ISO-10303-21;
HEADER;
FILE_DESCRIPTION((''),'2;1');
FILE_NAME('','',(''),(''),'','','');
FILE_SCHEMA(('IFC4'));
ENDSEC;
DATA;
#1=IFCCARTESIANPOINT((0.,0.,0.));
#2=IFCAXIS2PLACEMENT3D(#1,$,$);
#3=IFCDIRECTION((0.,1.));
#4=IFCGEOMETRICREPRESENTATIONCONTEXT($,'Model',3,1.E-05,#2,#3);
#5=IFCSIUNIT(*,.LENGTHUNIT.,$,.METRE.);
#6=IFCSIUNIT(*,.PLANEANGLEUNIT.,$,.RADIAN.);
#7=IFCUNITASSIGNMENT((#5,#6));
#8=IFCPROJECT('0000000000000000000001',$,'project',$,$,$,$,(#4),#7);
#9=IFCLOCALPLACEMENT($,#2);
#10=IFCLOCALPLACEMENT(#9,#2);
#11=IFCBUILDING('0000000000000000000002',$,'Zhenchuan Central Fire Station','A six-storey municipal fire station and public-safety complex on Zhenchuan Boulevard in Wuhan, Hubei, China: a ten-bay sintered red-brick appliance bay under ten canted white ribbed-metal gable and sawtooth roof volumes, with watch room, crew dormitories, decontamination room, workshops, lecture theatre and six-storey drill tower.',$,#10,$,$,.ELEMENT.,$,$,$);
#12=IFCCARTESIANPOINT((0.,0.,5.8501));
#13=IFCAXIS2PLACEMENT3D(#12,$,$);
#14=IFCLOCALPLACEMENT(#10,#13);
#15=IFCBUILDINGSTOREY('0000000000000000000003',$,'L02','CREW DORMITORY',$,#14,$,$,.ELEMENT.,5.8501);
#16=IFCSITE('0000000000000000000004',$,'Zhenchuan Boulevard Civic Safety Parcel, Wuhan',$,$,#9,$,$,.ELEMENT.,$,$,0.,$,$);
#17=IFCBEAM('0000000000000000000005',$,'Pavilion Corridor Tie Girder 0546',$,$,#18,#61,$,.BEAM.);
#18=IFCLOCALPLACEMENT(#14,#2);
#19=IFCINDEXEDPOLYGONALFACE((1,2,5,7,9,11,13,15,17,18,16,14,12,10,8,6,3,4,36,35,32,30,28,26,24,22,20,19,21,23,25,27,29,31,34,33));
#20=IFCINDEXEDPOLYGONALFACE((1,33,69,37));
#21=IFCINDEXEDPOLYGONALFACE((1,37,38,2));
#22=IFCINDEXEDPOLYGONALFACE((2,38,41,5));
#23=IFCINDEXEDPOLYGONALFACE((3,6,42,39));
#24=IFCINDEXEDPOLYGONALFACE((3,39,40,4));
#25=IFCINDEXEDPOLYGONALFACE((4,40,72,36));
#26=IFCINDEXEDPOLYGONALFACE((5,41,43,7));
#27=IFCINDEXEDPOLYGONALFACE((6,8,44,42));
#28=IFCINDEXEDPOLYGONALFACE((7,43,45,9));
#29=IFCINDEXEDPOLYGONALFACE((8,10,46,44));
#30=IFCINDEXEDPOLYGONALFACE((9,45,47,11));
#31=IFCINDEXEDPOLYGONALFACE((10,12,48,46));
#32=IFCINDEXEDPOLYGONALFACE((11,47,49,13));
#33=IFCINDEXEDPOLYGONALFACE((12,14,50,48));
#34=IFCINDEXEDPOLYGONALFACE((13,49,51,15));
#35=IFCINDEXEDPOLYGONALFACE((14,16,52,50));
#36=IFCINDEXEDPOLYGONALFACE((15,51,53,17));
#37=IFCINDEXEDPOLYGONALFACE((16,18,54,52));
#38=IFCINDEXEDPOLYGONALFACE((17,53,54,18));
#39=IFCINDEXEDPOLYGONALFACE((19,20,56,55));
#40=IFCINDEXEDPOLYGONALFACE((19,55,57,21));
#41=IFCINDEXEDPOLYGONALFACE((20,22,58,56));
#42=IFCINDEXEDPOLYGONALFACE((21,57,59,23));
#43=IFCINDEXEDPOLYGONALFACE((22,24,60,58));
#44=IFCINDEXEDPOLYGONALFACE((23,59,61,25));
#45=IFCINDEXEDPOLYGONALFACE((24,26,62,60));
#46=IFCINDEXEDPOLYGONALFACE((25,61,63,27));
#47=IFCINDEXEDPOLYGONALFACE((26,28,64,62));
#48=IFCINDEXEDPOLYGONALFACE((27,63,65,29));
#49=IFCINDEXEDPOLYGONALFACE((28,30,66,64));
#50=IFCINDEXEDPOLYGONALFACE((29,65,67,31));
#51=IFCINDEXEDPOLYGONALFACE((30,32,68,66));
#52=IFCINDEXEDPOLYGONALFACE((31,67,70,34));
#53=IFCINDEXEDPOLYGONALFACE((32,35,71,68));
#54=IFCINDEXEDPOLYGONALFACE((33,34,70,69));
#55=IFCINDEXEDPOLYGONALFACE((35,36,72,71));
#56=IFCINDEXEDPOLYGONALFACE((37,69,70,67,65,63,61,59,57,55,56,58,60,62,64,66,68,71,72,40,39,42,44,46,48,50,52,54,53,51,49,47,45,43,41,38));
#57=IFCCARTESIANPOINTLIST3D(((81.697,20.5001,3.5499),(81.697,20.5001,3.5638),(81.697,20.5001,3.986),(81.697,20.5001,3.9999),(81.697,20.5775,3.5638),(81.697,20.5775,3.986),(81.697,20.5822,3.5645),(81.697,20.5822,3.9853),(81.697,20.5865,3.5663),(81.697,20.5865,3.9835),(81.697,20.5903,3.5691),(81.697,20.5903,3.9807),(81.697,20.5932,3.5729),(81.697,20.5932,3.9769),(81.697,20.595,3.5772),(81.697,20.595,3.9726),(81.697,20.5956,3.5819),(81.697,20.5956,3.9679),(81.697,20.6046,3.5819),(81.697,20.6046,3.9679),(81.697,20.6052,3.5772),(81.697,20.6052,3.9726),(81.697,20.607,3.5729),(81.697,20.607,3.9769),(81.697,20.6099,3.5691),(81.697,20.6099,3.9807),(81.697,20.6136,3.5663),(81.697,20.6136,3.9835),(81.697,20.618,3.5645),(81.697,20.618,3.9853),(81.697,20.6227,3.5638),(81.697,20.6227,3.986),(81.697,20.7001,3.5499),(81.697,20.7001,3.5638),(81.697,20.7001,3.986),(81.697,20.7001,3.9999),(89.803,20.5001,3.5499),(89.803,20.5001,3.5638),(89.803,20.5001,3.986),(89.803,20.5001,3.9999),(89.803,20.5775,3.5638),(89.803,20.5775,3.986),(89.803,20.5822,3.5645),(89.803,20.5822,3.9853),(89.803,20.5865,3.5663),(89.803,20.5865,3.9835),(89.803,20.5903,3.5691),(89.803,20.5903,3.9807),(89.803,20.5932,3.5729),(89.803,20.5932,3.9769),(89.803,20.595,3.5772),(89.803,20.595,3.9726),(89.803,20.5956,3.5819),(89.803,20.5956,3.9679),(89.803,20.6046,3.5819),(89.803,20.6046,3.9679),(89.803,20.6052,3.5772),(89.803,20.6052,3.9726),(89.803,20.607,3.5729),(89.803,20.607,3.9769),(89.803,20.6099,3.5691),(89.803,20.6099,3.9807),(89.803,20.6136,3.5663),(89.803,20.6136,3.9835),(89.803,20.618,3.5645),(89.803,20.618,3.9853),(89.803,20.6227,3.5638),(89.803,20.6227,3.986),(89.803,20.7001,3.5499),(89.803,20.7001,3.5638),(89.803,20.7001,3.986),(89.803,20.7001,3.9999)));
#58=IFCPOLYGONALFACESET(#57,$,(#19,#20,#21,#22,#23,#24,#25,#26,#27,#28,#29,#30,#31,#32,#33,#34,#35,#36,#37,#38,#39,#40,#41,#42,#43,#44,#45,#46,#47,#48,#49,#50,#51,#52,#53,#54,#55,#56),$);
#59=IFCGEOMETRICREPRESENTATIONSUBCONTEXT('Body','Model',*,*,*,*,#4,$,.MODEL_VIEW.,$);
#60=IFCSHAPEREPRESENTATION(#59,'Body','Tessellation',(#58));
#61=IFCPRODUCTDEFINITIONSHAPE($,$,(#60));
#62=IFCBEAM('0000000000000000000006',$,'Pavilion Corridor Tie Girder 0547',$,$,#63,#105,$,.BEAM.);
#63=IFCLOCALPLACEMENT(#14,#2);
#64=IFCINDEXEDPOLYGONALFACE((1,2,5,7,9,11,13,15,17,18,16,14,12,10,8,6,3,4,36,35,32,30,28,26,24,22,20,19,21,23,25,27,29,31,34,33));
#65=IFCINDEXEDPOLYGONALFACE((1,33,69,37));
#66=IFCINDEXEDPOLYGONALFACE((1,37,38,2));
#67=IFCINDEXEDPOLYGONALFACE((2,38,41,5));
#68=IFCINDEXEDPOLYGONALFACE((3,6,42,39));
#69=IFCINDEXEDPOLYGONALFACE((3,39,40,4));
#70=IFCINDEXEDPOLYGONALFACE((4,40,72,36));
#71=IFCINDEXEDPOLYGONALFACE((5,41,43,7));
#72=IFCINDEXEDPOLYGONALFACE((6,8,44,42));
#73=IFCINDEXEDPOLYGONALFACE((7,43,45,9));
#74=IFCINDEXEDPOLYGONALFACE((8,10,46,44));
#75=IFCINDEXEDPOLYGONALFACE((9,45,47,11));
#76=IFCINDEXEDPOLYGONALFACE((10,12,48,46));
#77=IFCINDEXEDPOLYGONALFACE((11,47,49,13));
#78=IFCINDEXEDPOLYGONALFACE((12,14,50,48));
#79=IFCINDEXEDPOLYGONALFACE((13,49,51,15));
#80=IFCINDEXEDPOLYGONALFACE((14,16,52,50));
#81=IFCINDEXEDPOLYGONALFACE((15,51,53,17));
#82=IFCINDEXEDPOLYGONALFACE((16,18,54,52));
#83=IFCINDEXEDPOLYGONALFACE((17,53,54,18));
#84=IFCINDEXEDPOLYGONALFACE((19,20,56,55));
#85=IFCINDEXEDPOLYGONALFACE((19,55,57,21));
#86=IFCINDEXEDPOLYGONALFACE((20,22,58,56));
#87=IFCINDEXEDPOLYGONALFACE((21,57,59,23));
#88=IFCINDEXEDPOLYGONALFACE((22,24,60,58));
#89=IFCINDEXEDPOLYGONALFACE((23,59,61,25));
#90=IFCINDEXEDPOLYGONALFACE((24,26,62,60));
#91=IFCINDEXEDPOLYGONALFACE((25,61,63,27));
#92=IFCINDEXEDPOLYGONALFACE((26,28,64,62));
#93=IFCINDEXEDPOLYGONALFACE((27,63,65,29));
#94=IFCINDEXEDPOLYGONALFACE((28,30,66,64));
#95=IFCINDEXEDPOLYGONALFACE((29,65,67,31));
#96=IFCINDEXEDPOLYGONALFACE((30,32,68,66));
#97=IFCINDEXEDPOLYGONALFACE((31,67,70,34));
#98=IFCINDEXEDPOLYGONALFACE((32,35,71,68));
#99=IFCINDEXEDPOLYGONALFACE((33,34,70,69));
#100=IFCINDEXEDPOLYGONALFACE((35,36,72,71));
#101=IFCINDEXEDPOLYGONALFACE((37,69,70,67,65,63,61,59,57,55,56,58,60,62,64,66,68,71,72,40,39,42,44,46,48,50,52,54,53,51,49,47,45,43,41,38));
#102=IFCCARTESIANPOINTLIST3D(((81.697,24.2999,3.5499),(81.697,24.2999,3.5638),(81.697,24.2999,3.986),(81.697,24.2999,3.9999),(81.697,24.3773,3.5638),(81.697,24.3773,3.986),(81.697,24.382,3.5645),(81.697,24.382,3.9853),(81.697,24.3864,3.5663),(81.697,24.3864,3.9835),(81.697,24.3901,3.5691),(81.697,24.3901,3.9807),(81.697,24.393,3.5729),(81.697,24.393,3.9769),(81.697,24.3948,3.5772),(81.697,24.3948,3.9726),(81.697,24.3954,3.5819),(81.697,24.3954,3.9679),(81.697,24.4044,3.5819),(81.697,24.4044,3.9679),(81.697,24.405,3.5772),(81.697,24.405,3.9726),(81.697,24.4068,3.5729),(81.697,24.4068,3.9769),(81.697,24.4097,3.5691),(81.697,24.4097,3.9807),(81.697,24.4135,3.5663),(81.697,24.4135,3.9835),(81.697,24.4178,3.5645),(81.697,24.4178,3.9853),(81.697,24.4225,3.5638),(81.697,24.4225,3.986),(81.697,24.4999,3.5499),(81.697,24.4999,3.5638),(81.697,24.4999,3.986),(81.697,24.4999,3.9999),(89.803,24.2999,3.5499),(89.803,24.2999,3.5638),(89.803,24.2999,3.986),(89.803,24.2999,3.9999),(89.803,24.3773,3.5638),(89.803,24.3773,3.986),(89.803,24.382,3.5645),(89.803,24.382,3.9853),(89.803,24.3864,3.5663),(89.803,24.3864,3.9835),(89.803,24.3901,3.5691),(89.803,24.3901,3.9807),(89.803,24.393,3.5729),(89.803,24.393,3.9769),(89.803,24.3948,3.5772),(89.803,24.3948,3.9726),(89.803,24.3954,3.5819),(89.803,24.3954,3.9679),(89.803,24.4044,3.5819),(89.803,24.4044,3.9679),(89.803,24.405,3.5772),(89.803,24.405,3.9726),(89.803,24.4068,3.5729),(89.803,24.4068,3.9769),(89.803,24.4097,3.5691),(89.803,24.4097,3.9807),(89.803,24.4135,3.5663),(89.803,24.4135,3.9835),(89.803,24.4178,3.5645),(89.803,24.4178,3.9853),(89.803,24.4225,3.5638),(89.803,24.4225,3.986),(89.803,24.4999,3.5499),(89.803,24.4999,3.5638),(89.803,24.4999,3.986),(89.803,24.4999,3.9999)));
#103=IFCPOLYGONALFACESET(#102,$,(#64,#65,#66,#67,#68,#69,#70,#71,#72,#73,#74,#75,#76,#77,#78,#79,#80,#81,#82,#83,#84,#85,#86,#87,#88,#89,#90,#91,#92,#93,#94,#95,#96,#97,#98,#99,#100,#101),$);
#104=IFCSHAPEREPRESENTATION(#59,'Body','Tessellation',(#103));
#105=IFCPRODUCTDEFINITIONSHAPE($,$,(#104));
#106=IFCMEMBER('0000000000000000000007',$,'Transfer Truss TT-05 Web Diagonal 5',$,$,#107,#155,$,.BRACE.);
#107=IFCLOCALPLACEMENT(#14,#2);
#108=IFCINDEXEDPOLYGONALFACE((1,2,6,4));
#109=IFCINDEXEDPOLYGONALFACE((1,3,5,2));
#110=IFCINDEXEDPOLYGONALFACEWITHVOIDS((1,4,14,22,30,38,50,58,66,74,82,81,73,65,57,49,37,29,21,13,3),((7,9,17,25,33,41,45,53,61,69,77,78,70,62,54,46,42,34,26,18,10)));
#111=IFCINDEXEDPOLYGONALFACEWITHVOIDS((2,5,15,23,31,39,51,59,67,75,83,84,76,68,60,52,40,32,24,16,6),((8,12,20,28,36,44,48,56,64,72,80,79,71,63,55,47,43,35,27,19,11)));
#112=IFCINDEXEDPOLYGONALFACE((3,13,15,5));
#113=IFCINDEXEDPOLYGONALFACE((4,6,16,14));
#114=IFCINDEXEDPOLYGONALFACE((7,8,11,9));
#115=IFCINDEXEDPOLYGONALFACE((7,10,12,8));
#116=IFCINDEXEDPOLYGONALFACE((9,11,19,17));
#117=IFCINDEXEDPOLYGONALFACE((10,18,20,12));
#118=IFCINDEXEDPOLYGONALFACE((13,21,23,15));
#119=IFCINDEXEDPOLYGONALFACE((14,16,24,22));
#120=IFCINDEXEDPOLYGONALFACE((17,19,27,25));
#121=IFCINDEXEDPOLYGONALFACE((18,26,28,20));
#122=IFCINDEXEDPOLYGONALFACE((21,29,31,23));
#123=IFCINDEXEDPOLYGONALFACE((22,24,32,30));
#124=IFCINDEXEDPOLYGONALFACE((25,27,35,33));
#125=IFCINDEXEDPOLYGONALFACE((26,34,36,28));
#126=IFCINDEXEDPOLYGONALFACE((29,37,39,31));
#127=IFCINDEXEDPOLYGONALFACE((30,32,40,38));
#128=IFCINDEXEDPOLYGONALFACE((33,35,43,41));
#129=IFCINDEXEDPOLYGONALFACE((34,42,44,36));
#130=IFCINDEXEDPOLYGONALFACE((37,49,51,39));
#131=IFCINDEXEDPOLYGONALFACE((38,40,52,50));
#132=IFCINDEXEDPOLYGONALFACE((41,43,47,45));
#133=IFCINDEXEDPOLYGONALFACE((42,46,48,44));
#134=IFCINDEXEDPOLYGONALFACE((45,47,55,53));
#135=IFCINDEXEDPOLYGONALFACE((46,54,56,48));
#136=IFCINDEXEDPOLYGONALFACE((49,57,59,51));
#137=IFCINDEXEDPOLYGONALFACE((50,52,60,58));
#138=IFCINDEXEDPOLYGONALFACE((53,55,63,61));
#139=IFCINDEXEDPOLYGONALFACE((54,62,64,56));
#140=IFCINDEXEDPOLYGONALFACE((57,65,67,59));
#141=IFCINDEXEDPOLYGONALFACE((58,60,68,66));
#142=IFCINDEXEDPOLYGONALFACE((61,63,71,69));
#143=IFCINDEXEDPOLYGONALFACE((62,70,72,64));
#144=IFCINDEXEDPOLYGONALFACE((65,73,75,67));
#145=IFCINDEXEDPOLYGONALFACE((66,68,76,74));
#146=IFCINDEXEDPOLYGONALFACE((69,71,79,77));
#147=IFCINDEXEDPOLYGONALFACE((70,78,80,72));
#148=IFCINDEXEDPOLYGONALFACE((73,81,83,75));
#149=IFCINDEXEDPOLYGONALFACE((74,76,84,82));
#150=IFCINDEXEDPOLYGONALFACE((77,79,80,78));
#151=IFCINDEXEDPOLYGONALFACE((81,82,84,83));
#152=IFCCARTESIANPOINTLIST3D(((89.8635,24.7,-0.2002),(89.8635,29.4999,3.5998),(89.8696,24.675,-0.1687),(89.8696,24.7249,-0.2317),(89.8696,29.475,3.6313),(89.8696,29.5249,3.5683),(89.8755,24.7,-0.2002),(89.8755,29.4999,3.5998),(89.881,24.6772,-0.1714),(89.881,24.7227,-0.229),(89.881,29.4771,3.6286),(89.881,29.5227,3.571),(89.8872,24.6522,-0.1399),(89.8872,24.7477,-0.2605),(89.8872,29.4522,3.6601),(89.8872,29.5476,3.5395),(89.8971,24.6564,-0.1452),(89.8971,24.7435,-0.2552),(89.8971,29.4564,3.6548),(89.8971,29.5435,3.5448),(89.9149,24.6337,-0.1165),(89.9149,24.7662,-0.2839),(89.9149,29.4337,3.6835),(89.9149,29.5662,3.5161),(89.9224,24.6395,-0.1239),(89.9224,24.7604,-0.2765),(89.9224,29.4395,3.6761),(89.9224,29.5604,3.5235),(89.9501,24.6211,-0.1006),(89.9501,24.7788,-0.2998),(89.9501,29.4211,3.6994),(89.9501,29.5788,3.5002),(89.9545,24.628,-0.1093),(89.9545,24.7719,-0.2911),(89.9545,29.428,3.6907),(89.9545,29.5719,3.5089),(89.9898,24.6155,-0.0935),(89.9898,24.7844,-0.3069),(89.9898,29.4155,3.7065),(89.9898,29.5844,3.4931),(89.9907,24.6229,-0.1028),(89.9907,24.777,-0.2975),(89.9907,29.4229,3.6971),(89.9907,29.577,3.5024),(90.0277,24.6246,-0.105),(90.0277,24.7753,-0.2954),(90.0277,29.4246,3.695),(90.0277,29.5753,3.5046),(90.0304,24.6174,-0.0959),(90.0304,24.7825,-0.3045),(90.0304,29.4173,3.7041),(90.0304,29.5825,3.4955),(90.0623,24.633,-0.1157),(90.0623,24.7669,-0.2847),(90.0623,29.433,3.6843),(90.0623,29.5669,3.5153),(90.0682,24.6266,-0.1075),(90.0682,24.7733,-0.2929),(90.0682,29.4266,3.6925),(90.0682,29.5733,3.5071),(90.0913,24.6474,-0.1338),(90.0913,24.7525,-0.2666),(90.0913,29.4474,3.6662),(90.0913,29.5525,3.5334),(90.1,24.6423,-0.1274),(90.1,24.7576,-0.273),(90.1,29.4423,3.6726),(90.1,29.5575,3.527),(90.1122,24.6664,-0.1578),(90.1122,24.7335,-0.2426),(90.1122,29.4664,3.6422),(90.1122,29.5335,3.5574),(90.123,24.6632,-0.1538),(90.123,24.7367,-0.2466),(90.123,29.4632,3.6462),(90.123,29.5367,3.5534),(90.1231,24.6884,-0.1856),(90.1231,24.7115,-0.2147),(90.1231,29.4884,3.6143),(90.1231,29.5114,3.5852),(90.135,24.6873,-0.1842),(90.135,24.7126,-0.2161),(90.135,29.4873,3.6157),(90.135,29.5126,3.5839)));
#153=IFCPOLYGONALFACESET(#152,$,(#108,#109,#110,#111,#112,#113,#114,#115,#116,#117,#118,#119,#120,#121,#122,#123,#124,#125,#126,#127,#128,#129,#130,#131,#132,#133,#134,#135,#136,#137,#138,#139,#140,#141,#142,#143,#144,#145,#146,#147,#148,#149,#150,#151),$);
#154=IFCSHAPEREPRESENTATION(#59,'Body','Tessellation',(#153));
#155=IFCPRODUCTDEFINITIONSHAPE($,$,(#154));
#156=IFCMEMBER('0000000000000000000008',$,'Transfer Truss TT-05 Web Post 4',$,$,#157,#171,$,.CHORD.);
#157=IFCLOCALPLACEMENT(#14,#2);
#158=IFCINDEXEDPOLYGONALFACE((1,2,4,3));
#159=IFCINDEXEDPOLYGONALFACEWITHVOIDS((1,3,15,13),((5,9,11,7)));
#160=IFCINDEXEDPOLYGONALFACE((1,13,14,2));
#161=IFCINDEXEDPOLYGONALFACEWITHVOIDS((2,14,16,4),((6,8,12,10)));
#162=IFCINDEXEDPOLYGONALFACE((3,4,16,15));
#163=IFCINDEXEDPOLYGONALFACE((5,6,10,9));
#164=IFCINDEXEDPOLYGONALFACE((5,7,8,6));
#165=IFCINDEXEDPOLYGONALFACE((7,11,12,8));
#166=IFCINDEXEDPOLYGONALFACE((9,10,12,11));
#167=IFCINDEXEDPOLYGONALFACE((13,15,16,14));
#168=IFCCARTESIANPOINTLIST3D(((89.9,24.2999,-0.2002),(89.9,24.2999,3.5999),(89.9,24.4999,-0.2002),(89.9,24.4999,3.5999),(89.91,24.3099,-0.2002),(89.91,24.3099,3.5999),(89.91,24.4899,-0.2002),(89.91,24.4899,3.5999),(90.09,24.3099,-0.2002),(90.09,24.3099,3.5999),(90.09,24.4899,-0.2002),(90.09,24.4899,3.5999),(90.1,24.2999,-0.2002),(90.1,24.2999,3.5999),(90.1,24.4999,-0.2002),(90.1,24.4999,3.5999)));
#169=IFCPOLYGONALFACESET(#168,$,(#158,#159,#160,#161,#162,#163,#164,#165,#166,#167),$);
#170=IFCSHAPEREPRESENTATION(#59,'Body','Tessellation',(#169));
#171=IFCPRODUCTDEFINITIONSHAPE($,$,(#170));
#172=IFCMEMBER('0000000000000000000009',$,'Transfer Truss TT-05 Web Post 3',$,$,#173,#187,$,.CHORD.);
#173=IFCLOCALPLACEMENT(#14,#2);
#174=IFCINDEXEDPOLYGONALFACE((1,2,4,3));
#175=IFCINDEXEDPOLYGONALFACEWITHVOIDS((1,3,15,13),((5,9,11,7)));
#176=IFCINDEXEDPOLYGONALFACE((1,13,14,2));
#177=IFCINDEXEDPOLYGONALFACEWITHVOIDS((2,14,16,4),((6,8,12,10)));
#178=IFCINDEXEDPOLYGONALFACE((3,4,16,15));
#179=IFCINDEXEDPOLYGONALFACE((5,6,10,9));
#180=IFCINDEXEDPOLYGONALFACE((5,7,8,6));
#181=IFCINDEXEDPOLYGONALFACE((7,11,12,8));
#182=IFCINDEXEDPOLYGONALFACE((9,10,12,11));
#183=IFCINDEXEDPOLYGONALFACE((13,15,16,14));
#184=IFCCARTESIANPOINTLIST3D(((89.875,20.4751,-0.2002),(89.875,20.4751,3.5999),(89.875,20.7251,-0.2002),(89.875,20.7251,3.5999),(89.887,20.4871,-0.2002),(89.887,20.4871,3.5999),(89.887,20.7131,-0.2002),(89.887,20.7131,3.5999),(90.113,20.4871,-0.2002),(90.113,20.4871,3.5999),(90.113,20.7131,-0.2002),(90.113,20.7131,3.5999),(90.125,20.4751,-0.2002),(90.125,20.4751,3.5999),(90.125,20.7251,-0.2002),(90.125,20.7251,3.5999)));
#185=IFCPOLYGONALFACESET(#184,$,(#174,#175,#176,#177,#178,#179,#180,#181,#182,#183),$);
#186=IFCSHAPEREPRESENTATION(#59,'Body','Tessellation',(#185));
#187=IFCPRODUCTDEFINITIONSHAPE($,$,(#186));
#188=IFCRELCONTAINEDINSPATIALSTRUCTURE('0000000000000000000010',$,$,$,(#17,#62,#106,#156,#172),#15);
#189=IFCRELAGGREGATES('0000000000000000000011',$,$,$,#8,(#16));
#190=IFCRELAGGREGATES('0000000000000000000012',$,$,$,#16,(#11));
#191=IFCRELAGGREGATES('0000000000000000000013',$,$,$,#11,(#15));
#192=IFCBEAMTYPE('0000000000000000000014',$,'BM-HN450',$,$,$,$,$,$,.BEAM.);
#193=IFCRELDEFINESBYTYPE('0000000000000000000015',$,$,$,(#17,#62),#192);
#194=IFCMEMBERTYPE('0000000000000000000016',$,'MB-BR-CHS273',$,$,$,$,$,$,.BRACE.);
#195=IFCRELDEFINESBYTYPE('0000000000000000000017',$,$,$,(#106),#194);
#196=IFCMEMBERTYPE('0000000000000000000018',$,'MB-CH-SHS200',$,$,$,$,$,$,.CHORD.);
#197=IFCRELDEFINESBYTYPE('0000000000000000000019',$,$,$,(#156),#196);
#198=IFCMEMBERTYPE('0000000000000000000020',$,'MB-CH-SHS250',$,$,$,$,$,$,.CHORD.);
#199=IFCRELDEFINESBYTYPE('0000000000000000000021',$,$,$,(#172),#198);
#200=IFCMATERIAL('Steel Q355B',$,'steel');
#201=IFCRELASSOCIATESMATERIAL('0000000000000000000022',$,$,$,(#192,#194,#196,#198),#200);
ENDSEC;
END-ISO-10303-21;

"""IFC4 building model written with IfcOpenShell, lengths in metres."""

from ifc_helpers import new_model, si_unit, direction, frame, origin, origin_2d, place, context, subcontext, project, spatial, hollow_rectangle, hollow_circle, i_section, extrude, material, material_profile, profile_set, type_object, element, save


model = new_model("IFC4")

# Units and contexts
model_context = context("Model", 3, precision=1e-05, world=origin(), true_north=direction((0.0, 1.0)))
body_context = subcontext(model_context, "Body", "Model", "MODEL_VIEW")
ifc_project = project(units=[si_unit("LENGTHUNIT", "METRE"), si_unit("PLANEANGLEUNIT", "RADIAN")], contexts=[model_context])

# Site, building, storey
site_placement = place(None, origin())
site = spatial("IfcSite", under=ifc_project, at=site_placement, Name="Zhenchuan Boulevard Civic Safety Parcel, Wuhan", CompositionType="ELEMENT", RefElevation=0.0)
building_placement = place(site_placement, origin())
building = spatial("IfcBuilding", under=site, at=building_placement, Name="Zhenchuan Central Fire Station", Description="A six-storey municipal fire station and public-safety complex on Zhenchuan Boulevard in Wuhan, Hubei, China: a ten-bay sintered red-brick appliance bay under ten canted white ribbed-metal gable and sawtooth roof volumes, with watch room, crew dormitories, decontamination room, workshops, lecture theatre and six-storey drill tower.", CompositionType="ELEMENT")
storey_placement = place(building_placement, frame((0.0, 0.0, 5.8501)))
storey = spatial("IfcBuildingStorey", under=building, at=storey_placement, Name="L02", Description="CREW DORMITORY", CompositionType="ELEMENT", Elevation=5.8501)

# Beams
ifc_material_1 = material(Name="Steel Q355B", Category="steel")
ifc_material_profile_1 = material_profile(ifc_material_1, i_section(OverallWidth=0.2, OverallDepth=0.45, WebThickness=0.009, FlangeThickness=0.0139, FilletRadius=0.0181, at=origin_2d()), Name="HN 450x200")
ifc_profile_set_1 = profile_set([ifc_material_profile_1], Name="Steel Q355B")
beam_type = type_object("IfcBeamType", Name="BM-HN450", PredefinedType="BEAM", material=ifc_profile_set_1)
for number, where, z_axis, x_axis, name in (
    (1, (81.697, 20.6001, 3.7749), (1.0, 0.0, 0.0), (0.0, 1.0, 0.0), "Pavilion Corridor Tie Girder 0546"),
    (2, (81.697, 24.3999, 3.7749), (1.0, 0.0, 0.0), (0.0, 1.0, 0.0), "Pavilion Corridor Tie Girder 0547"),
):
    element("IfcBeam", number, at=place(storey_placement, frame(where, z_axis=z_axis, x_axis=x_axis)), inside=storey, type_object=beam_type, Name=name, PredefinedType="BEAM", context=body_context, shape_type="SweptSolid", body=[
        extrude(i_section(OverallWidth=0.2, OverallDepth=0.45, WebThickness=0.009, FlangeThickness=0.0139, FilletRadius=0.0181, at=origin_2d()), origin(), (0.0, 0.0, 1.0), 8.106),
    ])

# Members
ifc_material_profile_2 = material_profile(ifc_material_1, hollow_circle(Radius=0.1365, WallThickness=0.012, at=origin_2d()), Name="CHS 273x12")
ifc_profile_set_2 = profile_set([ifc_material_profile_2], Name="Steel Q355B")
member_type_1 = type_object("IfcMemberType", Name="MB-BR-CHS273", PredefinedType="BRACE", material=ifc_profile_set_2)
member_1_placement = place(storey_placement, frame((90.0, 24.7, -0.2002), z_axis=(0.0, 0.784045, 0.620704), x_axis=(-1.0, 0.0, 0.0)))
element("IfcMember", 3, at=member_1_placement, inside=storey, type_object=member_type_1, Name="Transfer Truss TT-05 Web Diagonal 5", PredefinedType="BRACE", context=body_context, shape_type="SweptSolid", body=[
    extrude(hollow_circle(Radius=0.1365, WallThickness=0.012, at=origin_2d()), origin(), (0.0, 0.0, 1.0), 6.1221),
])
ifc_material_profile_3 = material_profile(ifc_material_1, hollow_rectangle(XDim=0.2, YDim=0.2, WallThickness=0.01, at=origin_2d()), Name="SHS 200x200x10")
ifc_profile_set_3 = profile_set([ifc_material_profile_3], Name="Steel Q355B")
member_type_2 = type_object("IfcMemberType", Name="MB-CH-SHS200", PredefinedType="CHORD", material=ifc_profile_set_3)
member_2_placement = place(storey_placement, frame((90.0, 24.3999, -0.2002), z_axis=(0.0, 0.0, 1.0), x_axis=(1.0, 0.0, 0.0)))
element("IfcMember", 4, at=member_2_placement, inside=storey, type_object=member_type_2, Name="Transfer Truss TT-05 Web Post 4", PredefinedType="CHORD", context=body_context, shape_type="SweptSolid", body=[
    extrude(hollow_rectangle(XDim=0.2, YDim=0.2, WallThickness=0.01, at=origin_2d()), origin(), (0.0, 0.0, 1.0), 3.8),
])
ifc_material_profile_4 = material_profile(ifc_material_1, hollow_rectangle(XDim=0.25, YDim=0.25, WallThickness=0.012, at=origin_2d()), Name="SHS 250x250x12")
ifc_profile_set_4 = profile_set([ifc_material_profile_4], Name="Steel Q355B")
member_type_3 = type_object("IfcMemberType", Name="MB-CH-SHS250", PredefinedType="CHORD", material=ifc_profile_set_4)
for number, where, z_axis, x_axis, name in (
    (5, (90.0, 20.6001, -0.2002), (0.0, 0.0, 1.0), (1.0, 0.0, 0.0), "Transfer Truss TT-05 Web Post 3"),
):
    element("IfcMember", number, at=place(storey_placement, frame(where, z_axis=z_axis, x_axis=x_axis)), inside=storey, type_object=member_type_3, Name=name, PredefinedType="CHORD", context=body_context, shape_type="SweptSolid", body=[
        extrude(hollow_rectangle(XDim=0.25, YDim=0.25, WallThickness=0.012, at=origin_2d()), origin(), (0.0, 0.0, 1.0), 3.8),
    ])

save(model, "model.ifc")
